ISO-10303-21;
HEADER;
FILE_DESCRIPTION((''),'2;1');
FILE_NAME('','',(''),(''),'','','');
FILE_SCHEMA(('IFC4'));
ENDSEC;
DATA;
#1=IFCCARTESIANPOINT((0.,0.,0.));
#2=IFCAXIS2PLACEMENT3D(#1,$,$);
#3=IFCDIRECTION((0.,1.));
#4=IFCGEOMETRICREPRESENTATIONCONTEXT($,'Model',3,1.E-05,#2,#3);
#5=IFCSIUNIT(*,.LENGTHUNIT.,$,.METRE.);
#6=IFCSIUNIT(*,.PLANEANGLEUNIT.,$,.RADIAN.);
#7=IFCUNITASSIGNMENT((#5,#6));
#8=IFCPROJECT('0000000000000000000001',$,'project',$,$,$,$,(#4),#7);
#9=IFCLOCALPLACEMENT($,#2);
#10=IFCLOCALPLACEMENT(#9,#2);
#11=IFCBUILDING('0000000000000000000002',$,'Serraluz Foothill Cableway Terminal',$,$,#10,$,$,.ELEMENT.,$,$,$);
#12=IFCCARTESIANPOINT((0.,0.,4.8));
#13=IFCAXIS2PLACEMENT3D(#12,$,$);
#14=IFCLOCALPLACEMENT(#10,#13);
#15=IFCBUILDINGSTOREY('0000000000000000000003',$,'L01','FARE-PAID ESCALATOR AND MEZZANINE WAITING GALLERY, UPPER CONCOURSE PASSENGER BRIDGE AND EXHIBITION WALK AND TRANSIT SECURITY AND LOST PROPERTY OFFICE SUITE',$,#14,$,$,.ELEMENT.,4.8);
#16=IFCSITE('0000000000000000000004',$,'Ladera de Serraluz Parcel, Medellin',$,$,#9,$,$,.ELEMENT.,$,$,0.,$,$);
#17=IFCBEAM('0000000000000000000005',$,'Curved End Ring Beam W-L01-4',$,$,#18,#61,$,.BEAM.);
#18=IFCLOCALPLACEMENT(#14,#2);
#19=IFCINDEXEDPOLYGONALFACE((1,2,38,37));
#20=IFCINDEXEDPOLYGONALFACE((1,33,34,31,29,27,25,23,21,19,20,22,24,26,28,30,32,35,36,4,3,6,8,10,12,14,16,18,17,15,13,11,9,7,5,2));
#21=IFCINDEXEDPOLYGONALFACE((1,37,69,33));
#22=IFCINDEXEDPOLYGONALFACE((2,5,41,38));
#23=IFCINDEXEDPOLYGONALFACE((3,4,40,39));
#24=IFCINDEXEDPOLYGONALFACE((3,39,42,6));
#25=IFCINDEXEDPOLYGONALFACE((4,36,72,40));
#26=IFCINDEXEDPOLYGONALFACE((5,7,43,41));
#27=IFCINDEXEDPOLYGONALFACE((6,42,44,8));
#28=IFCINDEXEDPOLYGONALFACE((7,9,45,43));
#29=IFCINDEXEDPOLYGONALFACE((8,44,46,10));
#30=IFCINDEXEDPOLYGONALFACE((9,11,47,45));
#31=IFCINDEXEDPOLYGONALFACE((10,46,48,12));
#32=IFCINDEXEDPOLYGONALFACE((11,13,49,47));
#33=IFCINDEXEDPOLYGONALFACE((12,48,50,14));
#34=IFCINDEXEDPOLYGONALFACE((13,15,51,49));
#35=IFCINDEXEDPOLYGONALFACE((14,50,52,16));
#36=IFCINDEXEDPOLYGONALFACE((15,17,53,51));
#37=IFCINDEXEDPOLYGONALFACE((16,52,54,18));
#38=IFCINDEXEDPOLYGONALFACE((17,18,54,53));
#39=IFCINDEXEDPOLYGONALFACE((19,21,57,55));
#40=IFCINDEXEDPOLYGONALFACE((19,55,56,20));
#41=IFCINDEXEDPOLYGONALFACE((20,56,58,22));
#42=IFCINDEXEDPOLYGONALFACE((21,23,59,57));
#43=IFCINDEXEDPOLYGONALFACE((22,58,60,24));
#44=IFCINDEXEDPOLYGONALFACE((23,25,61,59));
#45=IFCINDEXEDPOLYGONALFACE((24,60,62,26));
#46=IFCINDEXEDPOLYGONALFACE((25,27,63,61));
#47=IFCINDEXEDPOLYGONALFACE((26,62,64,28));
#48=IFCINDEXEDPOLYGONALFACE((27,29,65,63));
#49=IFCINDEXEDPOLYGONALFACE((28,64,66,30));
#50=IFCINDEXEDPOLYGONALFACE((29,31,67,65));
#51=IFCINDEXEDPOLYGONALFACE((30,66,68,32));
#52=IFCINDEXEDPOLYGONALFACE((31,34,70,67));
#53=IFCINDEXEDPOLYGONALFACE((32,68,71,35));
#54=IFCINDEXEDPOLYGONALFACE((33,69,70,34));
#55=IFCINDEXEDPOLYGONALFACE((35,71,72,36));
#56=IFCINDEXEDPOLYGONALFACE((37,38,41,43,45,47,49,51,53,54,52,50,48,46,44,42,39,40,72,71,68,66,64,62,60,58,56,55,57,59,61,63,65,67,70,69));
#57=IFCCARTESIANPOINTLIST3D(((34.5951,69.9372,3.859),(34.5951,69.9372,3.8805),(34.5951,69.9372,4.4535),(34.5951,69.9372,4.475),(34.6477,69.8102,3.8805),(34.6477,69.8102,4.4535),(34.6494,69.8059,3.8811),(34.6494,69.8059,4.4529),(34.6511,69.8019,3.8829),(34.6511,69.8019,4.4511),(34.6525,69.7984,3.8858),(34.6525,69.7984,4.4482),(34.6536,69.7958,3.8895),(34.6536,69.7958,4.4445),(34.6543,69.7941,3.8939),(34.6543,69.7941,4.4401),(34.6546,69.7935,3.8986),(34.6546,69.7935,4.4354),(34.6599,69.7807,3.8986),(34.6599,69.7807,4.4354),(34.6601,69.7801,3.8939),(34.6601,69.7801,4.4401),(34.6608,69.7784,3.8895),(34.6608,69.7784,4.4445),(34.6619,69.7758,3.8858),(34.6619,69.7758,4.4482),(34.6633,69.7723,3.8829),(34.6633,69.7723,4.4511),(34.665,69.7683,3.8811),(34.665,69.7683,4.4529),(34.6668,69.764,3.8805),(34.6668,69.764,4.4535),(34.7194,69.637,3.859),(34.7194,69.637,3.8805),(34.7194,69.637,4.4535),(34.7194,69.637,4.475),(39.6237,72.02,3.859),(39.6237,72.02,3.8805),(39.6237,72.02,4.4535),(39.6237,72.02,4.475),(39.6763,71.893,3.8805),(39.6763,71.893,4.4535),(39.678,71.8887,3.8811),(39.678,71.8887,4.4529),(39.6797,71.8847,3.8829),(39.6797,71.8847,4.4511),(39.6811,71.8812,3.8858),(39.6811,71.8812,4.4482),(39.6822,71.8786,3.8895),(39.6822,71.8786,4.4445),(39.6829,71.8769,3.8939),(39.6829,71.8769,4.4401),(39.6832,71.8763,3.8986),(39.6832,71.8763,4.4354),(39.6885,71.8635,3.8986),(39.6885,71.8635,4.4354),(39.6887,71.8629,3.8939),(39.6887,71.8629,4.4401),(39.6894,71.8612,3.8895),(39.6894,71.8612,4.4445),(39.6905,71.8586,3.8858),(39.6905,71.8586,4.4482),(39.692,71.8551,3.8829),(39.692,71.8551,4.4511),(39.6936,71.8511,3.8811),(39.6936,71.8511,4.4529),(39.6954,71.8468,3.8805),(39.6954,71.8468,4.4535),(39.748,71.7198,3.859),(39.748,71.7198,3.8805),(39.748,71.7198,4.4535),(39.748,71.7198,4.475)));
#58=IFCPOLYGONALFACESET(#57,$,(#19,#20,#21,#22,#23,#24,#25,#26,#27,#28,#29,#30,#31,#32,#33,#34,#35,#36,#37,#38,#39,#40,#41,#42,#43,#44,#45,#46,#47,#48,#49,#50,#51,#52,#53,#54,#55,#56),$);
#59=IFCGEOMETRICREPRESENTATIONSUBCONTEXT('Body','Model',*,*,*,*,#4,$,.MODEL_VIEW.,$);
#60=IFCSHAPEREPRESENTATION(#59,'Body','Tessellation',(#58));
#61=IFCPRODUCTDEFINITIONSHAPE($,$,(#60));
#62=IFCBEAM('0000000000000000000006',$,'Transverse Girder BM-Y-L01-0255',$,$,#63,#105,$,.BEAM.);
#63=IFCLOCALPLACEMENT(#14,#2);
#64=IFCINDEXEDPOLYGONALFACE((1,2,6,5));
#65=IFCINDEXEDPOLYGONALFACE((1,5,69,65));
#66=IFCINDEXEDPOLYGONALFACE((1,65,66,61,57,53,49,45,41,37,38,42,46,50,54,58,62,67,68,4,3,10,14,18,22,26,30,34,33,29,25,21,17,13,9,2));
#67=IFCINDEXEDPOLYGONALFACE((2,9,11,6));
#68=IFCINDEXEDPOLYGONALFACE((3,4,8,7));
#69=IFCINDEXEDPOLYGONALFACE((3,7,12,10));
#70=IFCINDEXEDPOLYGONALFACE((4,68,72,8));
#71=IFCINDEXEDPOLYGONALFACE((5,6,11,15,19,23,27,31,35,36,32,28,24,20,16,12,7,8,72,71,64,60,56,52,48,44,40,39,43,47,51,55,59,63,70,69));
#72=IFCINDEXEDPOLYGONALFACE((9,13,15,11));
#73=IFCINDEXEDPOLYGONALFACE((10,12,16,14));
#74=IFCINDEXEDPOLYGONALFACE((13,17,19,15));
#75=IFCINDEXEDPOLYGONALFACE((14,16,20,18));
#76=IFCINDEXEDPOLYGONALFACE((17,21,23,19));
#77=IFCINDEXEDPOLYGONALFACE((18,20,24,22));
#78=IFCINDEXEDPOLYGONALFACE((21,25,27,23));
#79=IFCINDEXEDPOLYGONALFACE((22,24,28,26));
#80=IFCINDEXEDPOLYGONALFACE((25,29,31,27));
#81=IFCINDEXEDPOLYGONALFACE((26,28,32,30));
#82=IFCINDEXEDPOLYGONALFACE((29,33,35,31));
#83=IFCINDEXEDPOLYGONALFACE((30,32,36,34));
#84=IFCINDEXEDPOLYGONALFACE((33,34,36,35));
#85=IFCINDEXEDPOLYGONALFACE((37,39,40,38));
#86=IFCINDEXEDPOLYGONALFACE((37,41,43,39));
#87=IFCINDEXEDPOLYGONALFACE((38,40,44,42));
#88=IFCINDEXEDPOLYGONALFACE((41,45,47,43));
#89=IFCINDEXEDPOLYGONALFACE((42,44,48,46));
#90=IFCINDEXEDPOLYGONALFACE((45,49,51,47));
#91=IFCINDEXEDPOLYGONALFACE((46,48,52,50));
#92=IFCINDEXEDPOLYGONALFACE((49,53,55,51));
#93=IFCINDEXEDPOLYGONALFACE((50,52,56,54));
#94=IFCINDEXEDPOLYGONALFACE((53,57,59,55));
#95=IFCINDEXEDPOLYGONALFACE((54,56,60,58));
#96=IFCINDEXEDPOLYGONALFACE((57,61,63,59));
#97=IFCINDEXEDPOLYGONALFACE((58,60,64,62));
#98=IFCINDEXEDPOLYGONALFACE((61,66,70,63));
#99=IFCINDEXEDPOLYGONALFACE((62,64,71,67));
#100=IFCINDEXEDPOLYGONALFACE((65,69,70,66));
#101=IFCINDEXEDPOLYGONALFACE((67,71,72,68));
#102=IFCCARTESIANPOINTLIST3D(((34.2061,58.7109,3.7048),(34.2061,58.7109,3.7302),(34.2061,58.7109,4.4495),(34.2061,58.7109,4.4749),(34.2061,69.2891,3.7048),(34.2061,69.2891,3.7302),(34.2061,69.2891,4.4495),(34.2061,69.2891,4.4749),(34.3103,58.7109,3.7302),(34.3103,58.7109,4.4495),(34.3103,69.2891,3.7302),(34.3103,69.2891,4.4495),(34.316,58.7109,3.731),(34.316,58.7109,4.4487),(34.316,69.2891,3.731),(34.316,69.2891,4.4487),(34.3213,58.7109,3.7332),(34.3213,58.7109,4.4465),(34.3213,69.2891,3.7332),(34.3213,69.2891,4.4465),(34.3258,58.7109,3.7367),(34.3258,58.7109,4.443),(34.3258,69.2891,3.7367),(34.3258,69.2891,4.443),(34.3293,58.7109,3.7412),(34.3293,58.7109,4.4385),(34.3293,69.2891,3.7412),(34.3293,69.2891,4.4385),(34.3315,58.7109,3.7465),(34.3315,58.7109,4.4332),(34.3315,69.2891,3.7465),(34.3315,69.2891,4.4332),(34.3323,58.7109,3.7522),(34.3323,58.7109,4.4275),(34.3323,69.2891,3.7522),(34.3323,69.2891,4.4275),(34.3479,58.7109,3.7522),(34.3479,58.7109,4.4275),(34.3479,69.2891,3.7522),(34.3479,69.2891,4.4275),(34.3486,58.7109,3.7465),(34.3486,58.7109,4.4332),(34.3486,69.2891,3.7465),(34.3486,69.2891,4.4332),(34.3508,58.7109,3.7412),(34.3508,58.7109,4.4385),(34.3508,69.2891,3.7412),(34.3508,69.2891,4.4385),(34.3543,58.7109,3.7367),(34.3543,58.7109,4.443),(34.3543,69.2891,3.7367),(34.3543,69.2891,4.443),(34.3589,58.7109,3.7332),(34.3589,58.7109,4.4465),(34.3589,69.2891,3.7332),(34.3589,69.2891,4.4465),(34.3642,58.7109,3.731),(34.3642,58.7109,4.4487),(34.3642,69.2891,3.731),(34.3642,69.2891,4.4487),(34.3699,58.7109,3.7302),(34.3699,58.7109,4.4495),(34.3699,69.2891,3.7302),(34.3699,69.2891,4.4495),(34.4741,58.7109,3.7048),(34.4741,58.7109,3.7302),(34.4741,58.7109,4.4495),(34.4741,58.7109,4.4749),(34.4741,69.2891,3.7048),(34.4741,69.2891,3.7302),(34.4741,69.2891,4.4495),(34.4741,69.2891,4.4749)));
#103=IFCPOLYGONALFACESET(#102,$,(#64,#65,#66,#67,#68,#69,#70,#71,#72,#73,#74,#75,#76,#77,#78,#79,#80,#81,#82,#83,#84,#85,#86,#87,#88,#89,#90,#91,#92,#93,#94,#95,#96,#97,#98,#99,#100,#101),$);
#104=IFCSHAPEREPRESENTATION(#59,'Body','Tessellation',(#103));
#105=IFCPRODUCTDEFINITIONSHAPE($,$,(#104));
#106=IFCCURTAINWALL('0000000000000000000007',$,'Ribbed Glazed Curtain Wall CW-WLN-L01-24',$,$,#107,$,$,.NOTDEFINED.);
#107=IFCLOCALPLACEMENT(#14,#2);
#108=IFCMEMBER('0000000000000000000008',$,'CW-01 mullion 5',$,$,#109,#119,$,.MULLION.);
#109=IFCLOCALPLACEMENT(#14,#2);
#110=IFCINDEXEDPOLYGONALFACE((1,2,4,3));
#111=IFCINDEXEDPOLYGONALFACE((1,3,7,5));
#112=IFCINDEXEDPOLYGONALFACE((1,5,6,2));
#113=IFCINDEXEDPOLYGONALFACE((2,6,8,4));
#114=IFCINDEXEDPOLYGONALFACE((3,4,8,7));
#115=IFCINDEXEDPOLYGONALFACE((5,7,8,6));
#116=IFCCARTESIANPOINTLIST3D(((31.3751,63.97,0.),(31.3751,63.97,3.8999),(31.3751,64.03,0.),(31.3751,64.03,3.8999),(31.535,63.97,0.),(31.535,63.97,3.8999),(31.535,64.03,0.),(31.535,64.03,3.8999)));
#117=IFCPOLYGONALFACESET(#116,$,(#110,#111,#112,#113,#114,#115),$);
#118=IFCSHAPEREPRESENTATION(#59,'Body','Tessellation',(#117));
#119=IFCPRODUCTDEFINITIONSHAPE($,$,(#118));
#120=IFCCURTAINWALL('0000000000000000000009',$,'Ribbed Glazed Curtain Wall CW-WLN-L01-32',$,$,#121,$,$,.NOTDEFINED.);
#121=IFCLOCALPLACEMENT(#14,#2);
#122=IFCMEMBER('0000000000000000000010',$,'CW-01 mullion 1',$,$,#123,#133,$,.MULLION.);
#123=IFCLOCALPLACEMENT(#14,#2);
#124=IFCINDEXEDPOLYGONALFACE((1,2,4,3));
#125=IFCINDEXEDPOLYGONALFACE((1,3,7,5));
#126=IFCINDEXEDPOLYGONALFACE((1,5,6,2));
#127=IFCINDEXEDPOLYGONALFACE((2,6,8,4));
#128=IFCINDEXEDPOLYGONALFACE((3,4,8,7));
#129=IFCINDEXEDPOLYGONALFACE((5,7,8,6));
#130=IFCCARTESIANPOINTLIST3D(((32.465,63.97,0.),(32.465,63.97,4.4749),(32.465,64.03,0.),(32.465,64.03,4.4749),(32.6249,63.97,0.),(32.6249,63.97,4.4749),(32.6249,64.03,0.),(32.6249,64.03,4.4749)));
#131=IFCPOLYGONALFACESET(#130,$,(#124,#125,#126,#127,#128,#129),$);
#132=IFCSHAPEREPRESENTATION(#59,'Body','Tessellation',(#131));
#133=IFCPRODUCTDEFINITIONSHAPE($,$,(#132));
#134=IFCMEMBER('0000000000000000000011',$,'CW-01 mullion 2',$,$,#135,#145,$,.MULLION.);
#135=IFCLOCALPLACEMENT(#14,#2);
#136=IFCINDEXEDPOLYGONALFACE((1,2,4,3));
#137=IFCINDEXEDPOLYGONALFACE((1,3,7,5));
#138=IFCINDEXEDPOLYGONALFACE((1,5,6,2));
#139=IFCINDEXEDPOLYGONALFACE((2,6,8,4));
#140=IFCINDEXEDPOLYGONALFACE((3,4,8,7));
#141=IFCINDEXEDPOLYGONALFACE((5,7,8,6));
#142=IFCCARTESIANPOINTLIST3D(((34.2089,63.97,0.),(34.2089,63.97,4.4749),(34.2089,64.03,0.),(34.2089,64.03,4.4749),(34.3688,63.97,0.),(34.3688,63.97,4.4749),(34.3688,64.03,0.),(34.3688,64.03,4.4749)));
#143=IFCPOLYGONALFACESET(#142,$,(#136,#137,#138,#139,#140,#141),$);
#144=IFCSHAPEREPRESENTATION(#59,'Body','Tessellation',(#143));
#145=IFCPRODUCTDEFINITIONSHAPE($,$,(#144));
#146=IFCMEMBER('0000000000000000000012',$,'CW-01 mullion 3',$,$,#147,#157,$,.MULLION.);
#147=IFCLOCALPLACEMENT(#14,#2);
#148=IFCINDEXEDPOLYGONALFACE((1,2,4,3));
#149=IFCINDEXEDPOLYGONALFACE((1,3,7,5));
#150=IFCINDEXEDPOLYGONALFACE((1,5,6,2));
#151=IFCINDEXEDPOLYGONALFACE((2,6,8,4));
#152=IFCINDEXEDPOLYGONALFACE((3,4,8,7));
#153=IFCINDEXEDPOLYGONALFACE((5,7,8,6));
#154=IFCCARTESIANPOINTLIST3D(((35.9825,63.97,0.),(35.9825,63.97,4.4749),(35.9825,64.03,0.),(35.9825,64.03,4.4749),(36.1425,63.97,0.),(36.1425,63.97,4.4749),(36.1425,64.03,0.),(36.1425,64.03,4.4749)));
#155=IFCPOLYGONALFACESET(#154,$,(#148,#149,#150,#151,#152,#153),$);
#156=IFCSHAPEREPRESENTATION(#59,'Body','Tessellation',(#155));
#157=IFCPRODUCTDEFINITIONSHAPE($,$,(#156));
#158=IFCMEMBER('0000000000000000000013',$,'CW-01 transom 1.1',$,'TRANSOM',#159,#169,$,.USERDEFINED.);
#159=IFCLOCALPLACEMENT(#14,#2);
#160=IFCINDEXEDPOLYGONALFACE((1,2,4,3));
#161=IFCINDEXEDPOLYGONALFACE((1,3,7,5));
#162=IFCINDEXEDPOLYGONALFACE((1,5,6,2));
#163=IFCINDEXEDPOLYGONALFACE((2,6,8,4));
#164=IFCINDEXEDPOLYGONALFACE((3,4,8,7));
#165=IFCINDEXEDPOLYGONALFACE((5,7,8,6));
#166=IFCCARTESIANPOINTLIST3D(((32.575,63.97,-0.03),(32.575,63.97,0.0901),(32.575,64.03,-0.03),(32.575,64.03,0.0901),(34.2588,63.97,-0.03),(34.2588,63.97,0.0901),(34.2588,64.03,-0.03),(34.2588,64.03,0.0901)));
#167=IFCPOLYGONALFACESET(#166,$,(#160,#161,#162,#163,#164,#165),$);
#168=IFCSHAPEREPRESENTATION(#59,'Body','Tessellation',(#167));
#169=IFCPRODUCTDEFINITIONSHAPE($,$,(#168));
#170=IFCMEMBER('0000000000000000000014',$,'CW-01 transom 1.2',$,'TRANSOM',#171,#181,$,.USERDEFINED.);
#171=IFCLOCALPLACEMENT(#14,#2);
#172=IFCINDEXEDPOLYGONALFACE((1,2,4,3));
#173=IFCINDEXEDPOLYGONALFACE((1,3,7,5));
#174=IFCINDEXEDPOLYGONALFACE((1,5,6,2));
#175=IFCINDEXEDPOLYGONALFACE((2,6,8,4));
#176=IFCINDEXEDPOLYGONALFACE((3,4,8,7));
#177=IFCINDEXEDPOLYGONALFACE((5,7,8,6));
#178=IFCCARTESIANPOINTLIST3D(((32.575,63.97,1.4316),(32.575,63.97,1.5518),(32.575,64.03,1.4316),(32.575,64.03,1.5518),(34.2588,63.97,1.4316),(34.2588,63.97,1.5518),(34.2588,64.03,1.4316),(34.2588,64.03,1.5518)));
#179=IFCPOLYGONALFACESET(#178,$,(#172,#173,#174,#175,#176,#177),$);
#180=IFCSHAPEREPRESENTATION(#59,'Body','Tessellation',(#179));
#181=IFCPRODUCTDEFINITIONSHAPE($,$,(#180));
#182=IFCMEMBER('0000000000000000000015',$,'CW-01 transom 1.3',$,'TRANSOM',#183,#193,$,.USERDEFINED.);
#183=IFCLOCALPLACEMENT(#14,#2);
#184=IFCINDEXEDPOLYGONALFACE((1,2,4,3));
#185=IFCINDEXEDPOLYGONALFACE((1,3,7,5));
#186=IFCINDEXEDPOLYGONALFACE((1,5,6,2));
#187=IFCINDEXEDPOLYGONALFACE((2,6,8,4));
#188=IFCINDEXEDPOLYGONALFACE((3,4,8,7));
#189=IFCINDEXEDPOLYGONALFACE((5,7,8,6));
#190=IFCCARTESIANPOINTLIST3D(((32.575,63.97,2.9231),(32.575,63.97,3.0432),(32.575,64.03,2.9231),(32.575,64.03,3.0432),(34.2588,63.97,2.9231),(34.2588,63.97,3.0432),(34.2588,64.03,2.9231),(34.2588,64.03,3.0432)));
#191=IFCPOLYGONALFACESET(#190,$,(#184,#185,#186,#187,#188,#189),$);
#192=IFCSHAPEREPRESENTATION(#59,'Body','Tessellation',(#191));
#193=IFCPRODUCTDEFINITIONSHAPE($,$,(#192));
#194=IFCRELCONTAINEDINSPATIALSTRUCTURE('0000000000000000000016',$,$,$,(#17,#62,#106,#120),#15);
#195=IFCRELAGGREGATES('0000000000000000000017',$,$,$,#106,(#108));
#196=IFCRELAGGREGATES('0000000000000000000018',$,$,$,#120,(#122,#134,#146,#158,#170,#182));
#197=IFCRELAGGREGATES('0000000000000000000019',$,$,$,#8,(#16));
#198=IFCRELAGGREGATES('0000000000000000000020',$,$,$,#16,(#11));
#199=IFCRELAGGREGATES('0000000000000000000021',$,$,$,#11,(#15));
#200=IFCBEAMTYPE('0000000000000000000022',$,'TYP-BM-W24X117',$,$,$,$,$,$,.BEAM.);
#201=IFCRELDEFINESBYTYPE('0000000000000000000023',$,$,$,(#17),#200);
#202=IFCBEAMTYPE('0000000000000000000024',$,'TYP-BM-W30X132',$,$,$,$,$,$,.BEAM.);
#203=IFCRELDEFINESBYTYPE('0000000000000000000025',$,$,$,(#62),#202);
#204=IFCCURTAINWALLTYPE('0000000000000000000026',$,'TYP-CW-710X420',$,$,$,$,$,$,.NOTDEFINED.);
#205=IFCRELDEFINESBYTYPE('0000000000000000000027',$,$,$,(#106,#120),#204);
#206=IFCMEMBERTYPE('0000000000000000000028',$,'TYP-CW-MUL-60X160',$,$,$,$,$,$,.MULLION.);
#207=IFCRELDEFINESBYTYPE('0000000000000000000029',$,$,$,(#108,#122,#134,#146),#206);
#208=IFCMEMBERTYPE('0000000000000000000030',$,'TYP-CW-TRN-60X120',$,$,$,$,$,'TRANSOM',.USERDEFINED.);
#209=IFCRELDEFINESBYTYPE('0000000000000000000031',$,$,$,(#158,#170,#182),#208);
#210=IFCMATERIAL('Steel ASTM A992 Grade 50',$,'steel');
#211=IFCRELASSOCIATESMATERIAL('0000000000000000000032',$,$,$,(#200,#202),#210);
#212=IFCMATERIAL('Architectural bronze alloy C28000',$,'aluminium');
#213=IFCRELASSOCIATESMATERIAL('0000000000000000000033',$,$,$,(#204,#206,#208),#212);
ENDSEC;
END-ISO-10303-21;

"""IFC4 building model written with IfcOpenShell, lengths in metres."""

from ifc_helpers import new_model, si_unit, direction, frame, origin, origin_2d, place, context, subcontext, project, spatial, rectangle, i_section, extrude, material, material_profile, profile_set, type_object, element, aggregate, save


model = new_model("IFC4")

# Units and contexts
model_context = context("Model", 3, precision=1e-05, world=origin(), true_north=direction((0.0, 1.0)))
body_context = subcontext(model_context, "Body", "Model", "MODEL_VIEW")
ifc_project = project(units=[si_unit("LENGTHUNIT", "METRE"), si_unit("PLANEANGLEUNIT", "RADIAN")], contexts=[model_context])

# Site, building, storey
site_placement = place(None, origin())
site = spatial("IfcSite", under=ifc_project, at=site_placement, Name="Ladera de Serraluz Parcel, Medellin", CompositionType="ELEMENT", RefElevation=0.0)
building_placement = place(site_placement, origin())
building = spatial("IfcBuilding", under=site, at=building_placement, Name="Serraluz Foothill Cableway Terminal", CompositionType="ELEMENT")
storey_placement = place(building_placement, frame((0.0, 0.0, 4.8)))
storey = spatial("IfcBuildingStorey", under=building, at=storey_placement, Name="L01", Description="FARE-PAID ESCALATOR AND MEZZANINE WAITING GALLERY, UPPER CONCOURSE PASSENGER BRIDGE AND EXHIBITION WALK AND TRANSIT SECURITY AND LOST PROPERTY OFFICE SUITE", CompositionType="ELEMENT", Elevation=4.8)

# Beams
ifc_material_1 = material(Name="Steel ASTM A992 Grade 50", Category="steel")
ifc_material_profile_1 = material_profile(ifc_material_1, i_section(OverallWidth=0.325, OverallDepth=0.616, WebThickness=0.0139, FlangeThickness=0.0215, FilletRadius=0.0181, at=origin_2d()), Name="W24X117")
ifc_profile_set_1 = profile_set([ifc_material_profile_1], Name="Steel ASTM A992 Grade 50")
beam_type_1 = type_object("IfcBeamType", Name="TYP-BM-W24X117", PredefinedType="BEAM", material=ifc_profile_set_1)
for number, where, z_axis, x_axis, name in (
    (1, (34.6572, 69.7871, 4.167), (0.923888, 0.382662, 0.0), (-0.382662, 0.923888, 0.0), "Curved End Ring Beam W-L01-4"),
):
    element("IfcBeam", number, at=place(storey_placement, frame(where, z_axis=z_axis, x_axis=x_axis)), inside=storey, type_object=beam_type_1, Name=name, PredefinedType="BEAM", context=body_context, shape_type="SweptSolid", body=[
        extrude(i_section(OverallWidth=0.325, OverallDepth=0.616, WebThickness=0.0139, FlangeThickness=0.0215, FilletRadius=0.0181, at=origin_2d()), origin(), (0.0, 0.0, 1.0), 5.4429),
    ])
ifc_material_profile_2 = material_profile(ifc_material_1, i_section(OverallWidth=0.2681, OverallDepth=0.77, WebThickness=0.0156, FlangeThickness=0.0254, FilletRadius=0.022, at=origin_2d()), Name="W30X132")
ifc_profile_set_2 = profile_set([ifc_material_profile_2], Name="Steel ASTM A992 Grade 50")
beam_type_2 = type_object("IfcBeamType", Name="TYP-BM-W30X132", PredefinedType="BEAM", material=ifc_profile_set_2)
beam_placement = place(storey_placement, frame((34.3401, 58.7109, 4.0898), z_axis=(0.0, 1.0, 0.0), x_axis=(-1.0, 0.0, 0.0)))
element("IfcBeam", 2, at=beam_placement, inside=storey, type_object=beam_type_2, Name="Transverse Girder BM-Y-L01-0255", PredefinedType="BEAM", context=body_context, shape_type="SweptSolid", body=[
    extrude(i_section(OverallWidth=0.2681, OverallDepth=0.77, WebThickness=0.0156, FlangeThickness=0.0254, FilletRadius=0.022, at=origin_2d()), origin(), (0.0, 0.0, 1.0), 10.5781),
])

# Curtain wall, member
ifc_material_2 = material(Name="Architectural bronze alloy C28000", Category="aluminium")
curtain_wall_type = type_object("IfcCurtainWallType", Name="TYP-CW-710X420", PredefinedType="NOTDEFINED", material=ifc_material_2)
curtain_wall_1_placement = place(storey_placement, origin())
curtain_wall_1 = element("IfcCurtainWall", 3, at=curtain_wall_1_placement, inside=storey, type_object=curtain_wall_type, Name="Ribbed Glazed Curtain Wall CW-WLN-L01-24", PredefinedType="NOTDEFINED")
ifc_material_profile_3 = material_profile(ifc_material_2, rectangle(XDim=0.0601, YDim=0.1599, at=origin_2d()), Name="ALU MULLION 60x160")
ifc_profile_set_3 = profile_set([ifc_material_profile_3], Name="Architectural bronze alloy C28000")
member_type_1 = type_object("IfcMemberType", Name="TYP-CW-MUL-60X160", PredefinedType="MULLION", material=ifc_profile_set_3)
member_1_placement = place(storey_placement, frame((31.4551, 64.0, 0.0), z_axis=(0.0, 0.0, 1.0), x_axis=(0.0, 1.0, 0.0)))
member_1 = element("IfcMember", 4, at=member_1_placement, type_object=member_type_1, Name="CW-01 mullion 5", PredefinedType="MULLION", context=body_context, shape_type="SweptSolid", body=[
    extrude(rectangle(XDim=0.0601, YDim=0.1599, at=origin_2d()), origin(), (0.0, 0.0, 1.0), 3.8999),
])

# Curtain wall, members
curtain_wall_2_placement = place(storey_placement, origin())
curtain_wall_2 = element("IfcCurtainWall", 5, at=curtain_wall_2_placement, inside=storey, type_object=curtain_wall_type, Name="Ribbed Glazed Curtain Wall CW-WLN-L01-32", PredefinedType="NOTDEFINED")
member_2_placement = place(storey_placement, frame((32.5449, 64.0, 0.0), z_axis=(0.0, 0.0, 1.0), x_axis=(0.0, 1.0, 0.0)))
member_2 = element("IfcMember", 6, at=member_2_placement, type_object=member_type_1, Name="CW-01 mullion 1", PredefinedType="MULLION", context=body_context, shape_type="SweptSolid", body=[
    extrude(rectangle(XDim=0.0601, YDim=0.1599, at=origin_2d()), origin(), (0.0, 0.0, 1.0), 4.4749),
])
member_3_placement = place(storey_placement, frame((34.2888, 64.0, 0.0), z_axis=(0.0, 0.0, 1.0), x_axis=(0.0, 1.0, 0.0)))
member_3 = element("IfcMember", 7, at=member_3_placement, type_object=member_type_1, Name="CW-01 mullion 2", PredefinedType="MULLION", context=body_context, shape_type="SweptSolid", body=[
    extrude(rectangle(XDim=0.0601, YDim=0.1599, at=origin_2d()), origin(), (0.0, 0.0, 1.0), 4.4749),
])
member_4_placement = place(storey_placement, frame((36.0625, 64.0, 0.0), z_axis=(0.0, 0.0, 1.0), x_axis=(0.0, 1.0, 0.0)))
member_4 = element("IfcMember", 8, at=member_4_placement, type_object=member_type_1, Name="CW-01 mullion 3", PredefinedType="MULLION", context=body_context, shape_type="SweptSolid", body=[
    extrude(rectangle(XDim=0.0601, YDim=0.1599, at=origin_2d()), origin(), (0.0, 0.0, 1.0), 4.4749),
])
ifc_material_profile_4 = material_profile(ifc_material_2, rectangle(XDim=0.0601, YDim=0.1201, at=origin_2d()), Name="ALU TRANSOM 60x120")
ifc_profile_set_4 = profile_set([ifc_material_profile_4], Name="Architectural bronze alloy C28000")
member_type_2 = type_object("IfcMemberType", Name="TYP-CW-TRN-60X120", ElementType="TRANSOM", PredefinedType="USERDEFINED", material=ifc_profile_set_4)
member_5_placement = place(storey_placement, frame((32.575, 64.0, 0.03), z_axis=(1.0, 0.0, 0.0), x_axis=(0.0, 1.0, 0.0)))
member_5 = element("IfcMember", 9, at=member_5_placement, type_object=member_type_2, Name="CW-01 transom 1.1", ObjectType="TRANSOM", PredefinedType="USERDEFINED", context=body_context, shape_type="SweptSolid", body=[
    extrude(rectangle(XDim=0.0601, YDim=0.1201, at=origin_2d()), origin(), (0.0, 0.0, 1.0), 1.6838),
])
member_6_placement = place(storey_placement, frame((32.575, 64.0, 1.4917), z_axis=(1.0, 0.0, 0.0), x_axis=(0.0, 1.0, 0.0)))
member_6 = element("IfcMember", 10, at=member_6_placement, type_object=member_type_2, Name="CW-01 transom 1.2", ObjectType="TRANSOM", PredefinedType="USERDEFINED", context=body_context, shape_type="SweptSolid", body=[
    extrude(rectangle(XDim=0.0601, YDim=0.1201, at=origin_2d()), origin(), (0.0, 0.0, 1.0), 1.6838),
])
member_7_placement = place(storey_placement, frame((32.575, 64.0, 2.9832), z_axis=(1.0, 0.0, 0.0), x_axis=(0.0, 1.0, 0.0)))
member_7 = element("IfcMember", 11, at=member_7_placement, type_object=member_type_2, Name="CW-01 transom 1.3", ObjectType="TRANSOM", PredefinedType="USERDEFINED", context=body_context, shape_type="SweptSolid", body=[
    extrude(rectangle(XDim=0.0601, YDim=0.1201, at=origin_2d()), origin(), (0.0, 0.0, 1.0), 1.6838),
])

aggregate(curtain_wall_1, [member_1])
aggregate(curtain_wall_2, [member_2, member_3, member_4, member_5, member_6, member_7])

save(model, "model.ifc")
